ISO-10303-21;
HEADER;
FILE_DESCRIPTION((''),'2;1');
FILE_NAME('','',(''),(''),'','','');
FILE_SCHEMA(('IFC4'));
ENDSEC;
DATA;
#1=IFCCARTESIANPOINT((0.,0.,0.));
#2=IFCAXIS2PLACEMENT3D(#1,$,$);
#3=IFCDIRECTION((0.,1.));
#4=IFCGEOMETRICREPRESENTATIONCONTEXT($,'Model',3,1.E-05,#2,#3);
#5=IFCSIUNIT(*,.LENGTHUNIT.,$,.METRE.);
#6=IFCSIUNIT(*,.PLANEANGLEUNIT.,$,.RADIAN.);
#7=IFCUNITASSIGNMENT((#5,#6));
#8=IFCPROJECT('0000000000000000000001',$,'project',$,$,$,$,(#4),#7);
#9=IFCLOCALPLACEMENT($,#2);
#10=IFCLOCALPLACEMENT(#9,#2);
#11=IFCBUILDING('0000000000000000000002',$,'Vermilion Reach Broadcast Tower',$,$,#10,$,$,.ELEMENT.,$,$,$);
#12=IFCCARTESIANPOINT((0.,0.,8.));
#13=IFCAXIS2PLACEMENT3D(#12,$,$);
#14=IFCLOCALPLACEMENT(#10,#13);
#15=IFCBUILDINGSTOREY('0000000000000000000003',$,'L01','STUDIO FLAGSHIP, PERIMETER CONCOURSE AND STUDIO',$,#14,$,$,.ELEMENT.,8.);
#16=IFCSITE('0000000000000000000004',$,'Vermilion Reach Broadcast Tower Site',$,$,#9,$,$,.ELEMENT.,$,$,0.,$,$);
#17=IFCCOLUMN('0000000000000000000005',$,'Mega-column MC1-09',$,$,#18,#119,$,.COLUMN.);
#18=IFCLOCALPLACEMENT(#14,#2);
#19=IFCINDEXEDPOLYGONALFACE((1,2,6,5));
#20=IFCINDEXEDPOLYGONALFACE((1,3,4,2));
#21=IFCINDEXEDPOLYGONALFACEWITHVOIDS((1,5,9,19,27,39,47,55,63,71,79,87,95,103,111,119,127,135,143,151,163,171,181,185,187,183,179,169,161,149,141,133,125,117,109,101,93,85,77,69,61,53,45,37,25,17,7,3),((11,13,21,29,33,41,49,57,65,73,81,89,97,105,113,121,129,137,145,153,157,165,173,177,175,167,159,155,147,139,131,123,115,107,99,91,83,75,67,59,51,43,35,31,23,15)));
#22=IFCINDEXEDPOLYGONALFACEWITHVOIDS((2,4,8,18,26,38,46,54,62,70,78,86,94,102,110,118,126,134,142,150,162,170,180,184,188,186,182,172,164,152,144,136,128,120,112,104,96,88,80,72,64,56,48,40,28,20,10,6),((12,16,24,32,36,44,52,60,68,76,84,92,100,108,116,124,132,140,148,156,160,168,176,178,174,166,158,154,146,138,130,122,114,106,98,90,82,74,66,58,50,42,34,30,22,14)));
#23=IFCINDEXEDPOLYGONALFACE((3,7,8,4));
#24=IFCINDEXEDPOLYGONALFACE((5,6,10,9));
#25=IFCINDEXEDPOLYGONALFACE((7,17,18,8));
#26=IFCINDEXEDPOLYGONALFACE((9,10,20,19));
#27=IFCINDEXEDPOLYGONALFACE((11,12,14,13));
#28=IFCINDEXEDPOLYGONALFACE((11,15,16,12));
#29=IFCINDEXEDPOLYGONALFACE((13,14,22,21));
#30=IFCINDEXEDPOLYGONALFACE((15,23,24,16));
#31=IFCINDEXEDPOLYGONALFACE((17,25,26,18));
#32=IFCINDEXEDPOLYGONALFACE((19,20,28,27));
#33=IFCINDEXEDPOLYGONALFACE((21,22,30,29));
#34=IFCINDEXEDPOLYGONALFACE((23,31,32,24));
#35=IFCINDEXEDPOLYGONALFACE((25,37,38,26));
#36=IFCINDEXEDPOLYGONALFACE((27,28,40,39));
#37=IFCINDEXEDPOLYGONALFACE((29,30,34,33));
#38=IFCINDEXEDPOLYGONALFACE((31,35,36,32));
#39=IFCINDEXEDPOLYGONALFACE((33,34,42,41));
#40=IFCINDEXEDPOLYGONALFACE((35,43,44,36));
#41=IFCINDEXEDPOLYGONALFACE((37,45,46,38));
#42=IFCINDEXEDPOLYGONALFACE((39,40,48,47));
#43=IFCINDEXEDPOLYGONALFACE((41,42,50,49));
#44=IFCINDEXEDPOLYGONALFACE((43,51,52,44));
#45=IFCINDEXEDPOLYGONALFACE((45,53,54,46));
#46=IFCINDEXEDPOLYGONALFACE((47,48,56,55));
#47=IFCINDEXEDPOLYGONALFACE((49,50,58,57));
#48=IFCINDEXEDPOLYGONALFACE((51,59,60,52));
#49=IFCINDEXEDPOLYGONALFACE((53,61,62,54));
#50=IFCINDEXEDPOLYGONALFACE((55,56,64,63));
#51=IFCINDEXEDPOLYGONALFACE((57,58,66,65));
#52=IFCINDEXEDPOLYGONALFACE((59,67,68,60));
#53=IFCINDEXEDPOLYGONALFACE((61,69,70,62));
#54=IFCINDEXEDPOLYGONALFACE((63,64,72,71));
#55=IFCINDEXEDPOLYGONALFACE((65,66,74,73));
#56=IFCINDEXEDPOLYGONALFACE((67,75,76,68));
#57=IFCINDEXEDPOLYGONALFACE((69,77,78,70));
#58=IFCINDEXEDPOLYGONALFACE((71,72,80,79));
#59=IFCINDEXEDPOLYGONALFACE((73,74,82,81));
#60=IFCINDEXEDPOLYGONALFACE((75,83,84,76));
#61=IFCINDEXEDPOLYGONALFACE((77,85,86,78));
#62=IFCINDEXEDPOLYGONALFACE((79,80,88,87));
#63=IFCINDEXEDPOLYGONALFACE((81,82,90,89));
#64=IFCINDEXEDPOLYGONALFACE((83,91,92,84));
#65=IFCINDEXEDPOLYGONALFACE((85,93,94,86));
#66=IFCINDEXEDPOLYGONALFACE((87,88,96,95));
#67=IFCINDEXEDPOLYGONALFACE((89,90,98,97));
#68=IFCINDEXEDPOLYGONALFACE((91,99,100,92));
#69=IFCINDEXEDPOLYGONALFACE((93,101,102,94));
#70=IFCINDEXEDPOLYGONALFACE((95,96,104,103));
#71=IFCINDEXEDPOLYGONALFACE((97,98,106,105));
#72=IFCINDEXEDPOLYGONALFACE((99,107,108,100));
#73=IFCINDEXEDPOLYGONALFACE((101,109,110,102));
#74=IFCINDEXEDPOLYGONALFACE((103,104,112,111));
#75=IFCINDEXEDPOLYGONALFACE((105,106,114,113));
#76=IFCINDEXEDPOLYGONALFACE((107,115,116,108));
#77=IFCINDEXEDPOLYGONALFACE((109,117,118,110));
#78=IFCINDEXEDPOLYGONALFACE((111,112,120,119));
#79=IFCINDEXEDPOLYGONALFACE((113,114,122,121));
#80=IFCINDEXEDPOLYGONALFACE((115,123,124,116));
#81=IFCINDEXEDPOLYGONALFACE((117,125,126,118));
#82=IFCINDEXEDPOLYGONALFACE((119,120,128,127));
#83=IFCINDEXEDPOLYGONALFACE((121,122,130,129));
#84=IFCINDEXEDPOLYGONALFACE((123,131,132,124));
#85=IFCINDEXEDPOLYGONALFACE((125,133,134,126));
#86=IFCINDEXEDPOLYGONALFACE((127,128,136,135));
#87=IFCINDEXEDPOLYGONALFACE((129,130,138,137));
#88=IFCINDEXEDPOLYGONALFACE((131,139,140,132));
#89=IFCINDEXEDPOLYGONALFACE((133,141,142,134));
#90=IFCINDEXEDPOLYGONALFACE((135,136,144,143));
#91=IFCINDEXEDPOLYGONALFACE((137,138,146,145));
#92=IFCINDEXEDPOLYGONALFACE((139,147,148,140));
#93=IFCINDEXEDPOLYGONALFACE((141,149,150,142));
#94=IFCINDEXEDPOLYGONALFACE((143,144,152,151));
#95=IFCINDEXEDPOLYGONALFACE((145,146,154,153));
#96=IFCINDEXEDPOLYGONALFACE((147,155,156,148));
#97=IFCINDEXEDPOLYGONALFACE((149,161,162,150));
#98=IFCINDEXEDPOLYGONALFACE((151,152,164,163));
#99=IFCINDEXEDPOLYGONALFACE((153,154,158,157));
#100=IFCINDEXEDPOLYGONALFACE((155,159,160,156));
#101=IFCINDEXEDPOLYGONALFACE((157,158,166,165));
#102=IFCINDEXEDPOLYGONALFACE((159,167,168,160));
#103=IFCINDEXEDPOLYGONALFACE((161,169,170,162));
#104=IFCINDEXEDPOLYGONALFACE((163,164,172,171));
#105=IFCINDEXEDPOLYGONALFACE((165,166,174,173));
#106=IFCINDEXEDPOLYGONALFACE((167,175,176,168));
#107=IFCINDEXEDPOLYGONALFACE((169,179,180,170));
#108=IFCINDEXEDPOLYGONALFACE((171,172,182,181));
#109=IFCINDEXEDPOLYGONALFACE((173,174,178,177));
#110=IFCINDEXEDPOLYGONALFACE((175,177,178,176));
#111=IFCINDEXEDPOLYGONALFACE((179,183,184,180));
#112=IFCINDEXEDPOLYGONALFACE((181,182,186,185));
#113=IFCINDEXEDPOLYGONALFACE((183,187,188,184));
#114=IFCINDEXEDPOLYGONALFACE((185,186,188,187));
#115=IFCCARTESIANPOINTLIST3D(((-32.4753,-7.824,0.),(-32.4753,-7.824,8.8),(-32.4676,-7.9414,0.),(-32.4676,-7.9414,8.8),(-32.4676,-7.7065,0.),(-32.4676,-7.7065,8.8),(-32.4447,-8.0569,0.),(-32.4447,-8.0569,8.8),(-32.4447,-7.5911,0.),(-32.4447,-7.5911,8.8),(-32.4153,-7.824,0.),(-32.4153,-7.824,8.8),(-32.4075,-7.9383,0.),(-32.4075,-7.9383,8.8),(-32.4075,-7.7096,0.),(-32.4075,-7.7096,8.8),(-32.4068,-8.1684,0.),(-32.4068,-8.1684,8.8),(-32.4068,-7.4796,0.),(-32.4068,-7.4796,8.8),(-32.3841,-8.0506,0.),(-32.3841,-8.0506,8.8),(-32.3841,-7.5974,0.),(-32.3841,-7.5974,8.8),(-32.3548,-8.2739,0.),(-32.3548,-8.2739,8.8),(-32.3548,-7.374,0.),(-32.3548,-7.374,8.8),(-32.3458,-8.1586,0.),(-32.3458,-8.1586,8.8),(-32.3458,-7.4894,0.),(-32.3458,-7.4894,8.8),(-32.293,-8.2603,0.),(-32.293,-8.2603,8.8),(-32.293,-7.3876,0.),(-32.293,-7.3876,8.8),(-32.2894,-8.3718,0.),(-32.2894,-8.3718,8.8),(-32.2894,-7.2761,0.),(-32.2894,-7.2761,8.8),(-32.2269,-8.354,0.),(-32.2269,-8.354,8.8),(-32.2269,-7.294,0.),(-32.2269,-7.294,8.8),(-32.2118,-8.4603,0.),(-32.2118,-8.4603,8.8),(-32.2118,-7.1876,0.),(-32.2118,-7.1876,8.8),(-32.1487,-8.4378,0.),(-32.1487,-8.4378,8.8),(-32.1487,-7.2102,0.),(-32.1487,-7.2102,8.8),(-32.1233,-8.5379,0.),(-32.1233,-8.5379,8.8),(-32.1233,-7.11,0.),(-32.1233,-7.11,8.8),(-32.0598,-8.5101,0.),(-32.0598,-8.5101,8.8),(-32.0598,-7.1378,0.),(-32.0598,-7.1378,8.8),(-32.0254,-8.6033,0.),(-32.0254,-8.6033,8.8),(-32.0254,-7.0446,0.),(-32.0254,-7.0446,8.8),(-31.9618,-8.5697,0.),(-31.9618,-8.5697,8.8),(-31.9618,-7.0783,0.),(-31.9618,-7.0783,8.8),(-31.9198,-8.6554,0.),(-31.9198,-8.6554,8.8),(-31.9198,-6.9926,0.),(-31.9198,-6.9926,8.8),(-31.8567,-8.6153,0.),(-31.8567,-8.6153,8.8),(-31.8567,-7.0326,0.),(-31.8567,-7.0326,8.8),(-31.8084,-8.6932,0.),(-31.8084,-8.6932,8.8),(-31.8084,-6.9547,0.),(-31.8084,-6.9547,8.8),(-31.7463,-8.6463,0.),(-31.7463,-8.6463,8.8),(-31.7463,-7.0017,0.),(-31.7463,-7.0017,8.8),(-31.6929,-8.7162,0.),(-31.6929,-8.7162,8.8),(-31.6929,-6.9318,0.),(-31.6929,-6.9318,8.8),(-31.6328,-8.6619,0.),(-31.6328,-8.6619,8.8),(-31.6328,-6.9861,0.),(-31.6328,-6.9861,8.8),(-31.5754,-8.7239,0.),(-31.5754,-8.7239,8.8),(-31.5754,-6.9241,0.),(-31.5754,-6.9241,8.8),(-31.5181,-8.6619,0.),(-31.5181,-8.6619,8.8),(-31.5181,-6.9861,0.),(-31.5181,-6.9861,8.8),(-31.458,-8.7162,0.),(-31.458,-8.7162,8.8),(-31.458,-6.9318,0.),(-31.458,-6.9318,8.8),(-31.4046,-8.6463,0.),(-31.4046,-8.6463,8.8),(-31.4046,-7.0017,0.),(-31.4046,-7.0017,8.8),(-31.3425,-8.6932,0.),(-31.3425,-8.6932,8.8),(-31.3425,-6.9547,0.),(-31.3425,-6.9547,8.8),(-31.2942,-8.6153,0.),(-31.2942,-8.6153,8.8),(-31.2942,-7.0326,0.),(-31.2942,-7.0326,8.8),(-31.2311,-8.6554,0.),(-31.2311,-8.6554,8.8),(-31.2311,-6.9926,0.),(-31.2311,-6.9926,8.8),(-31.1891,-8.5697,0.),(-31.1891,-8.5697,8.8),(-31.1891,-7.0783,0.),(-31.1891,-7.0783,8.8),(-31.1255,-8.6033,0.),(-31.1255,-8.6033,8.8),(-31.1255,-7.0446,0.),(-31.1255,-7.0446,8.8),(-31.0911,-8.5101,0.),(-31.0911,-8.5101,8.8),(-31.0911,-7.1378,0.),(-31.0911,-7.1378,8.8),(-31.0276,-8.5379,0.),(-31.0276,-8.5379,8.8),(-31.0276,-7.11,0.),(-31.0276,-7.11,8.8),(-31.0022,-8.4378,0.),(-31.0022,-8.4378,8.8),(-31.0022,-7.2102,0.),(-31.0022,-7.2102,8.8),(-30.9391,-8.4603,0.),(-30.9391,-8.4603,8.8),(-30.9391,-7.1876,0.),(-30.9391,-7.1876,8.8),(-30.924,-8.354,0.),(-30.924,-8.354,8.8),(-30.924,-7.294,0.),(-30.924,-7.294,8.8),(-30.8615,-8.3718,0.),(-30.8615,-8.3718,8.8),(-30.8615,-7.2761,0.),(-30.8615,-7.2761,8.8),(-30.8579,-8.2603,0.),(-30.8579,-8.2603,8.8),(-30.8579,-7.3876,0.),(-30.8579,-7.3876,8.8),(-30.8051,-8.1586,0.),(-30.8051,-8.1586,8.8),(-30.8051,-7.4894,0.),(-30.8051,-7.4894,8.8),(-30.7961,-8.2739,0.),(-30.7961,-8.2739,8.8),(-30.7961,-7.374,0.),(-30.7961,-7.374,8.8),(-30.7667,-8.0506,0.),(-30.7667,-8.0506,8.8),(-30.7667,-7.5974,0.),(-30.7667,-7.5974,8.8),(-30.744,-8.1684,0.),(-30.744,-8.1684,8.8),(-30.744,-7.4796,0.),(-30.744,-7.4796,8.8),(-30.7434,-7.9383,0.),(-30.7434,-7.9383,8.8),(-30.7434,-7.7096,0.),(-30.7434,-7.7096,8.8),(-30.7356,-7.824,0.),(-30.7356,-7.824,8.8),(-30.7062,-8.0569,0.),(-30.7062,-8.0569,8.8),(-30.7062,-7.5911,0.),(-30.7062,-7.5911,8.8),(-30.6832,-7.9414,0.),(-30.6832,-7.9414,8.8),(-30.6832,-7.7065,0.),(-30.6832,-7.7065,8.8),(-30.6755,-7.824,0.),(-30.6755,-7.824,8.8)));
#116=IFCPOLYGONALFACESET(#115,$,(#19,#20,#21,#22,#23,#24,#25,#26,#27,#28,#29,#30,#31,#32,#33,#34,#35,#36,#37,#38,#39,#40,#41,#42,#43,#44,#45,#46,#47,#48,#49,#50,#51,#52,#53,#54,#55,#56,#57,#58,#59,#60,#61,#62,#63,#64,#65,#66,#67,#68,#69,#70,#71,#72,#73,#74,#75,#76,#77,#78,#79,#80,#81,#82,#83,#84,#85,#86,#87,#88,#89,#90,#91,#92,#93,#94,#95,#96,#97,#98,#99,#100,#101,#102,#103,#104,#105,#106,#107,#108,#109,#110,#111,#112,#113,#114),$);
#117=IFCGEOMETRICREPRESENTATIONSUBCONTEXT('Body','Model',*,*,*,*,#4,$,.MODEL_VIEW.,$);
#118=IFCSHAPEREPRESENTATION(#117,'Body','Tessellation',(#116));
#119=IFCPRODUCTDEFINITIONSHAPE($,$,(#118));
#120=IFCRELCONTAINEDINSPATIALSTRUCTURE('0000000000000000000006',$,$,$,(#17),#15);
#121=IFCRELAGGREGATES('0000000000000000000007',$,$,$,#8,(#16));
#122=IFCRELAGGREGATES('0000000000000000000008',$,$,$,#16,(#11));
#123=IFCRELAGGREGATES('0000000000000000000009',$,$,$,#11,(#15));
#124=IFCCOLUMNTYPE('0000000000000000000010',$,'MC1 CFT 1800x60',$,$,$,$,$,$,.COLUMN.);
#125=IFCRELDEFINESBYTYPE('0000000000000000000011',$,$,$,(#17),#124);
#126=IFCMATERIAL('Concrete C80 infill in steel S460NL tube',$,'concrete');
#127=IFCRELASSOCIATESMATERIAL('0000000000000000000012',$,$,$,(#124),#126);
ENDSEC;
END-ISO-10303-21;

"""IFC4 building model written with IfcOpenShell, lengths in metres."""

from ifc_helpers import new_model, si_unit, direction, frame, origin, origin_2d, place, context, subcontext, project, spatial, hollow_circle, extrude, material, material_profile, profile_set, type_object, element, save


model = new_model("IFC4")

# Units and contexts
model_context = context("Model", 3, precision=1e-05, world=origin(), true_north=direction((0.0, 1.0)))
body_context = subcontext(model_context, "Body", "Model", "MODEL_VIEW")
ifc_project = project(units=[si_unit("LENGTHUNIT", "METRE"), si_unit("PLANEANGLEUNIT", "RADIAN")], contexts=[model_context])

# Site, building, storey
site_placement = place(None, origin())
site = spatial("IfcSite", under=ifc_project, at=site_placement, Name="Vermilion Reach Broadcast Tower Site", CompositionType="ELEMENT", RefElevation=0.0)
building_placement = place(site_placement, origin())
building = spatial("IfcBuilding", under=site, at=building_placement, Name="Vermilion Reach Broadcast Tower", CompositionType="ELEMENT")
storey_placement = place(building_placement, frame((0.0, 0.0, 8.0)))
storey = spatial("IfcBuildingStorey", under=building, at=storey_placement, Name="L01", Description="STUDIO FLAGSHIP, PERIMETER CONCOURSE AND STUDIO", CompositionType="ELEMENT", Elevation=8.0)

# Column
ifc_material_1 = material(Name="Concrete C80 infill in steel S460NL tube", Category="concrete")
ifc_material_profile_1 = material_profile(ifc_material_1, hollow_circle(Radius=0.8999, WallThickness=0.0601, at=origin_2d()), Name="Concrete C80 infill in steel S460NL tube CFT 1800x60")
ifc_profile_set_1 = profile_set([ifc_material_profile_1], Name="Concrete C80 infill in steel S460NL tube")
column_type = type_object("IfcColumnType", Name="MC1 CFT 1800x60", PredefinedType="COLUMN", material=ifc_profile_set_1)
for number, where, z_axis, x_axis, name in (
    (1, (-31.5754, -7.824, 0.0), (0.0, 0.0, 1.0), (1.0, 0.0, 0.0), "Mega-column MC1-09"),
):
    element("IfcColumn", number, at=place(storey_placement, frame(where, z_axis=z_axis, x_axis=x_axis)), inside=storey, type_object=column_type, Name=name, PredefinedType="COLUMN", context=body_context, shape_type="SweptSolid", body=[
        extrude(hollow_circle(Radius=0.8999, WallThickness=0.0601, at=origin_2d()), origin(), (0.0, 0.0, 1.0), 8.8),
    ])

save(model, "model.ifc")
